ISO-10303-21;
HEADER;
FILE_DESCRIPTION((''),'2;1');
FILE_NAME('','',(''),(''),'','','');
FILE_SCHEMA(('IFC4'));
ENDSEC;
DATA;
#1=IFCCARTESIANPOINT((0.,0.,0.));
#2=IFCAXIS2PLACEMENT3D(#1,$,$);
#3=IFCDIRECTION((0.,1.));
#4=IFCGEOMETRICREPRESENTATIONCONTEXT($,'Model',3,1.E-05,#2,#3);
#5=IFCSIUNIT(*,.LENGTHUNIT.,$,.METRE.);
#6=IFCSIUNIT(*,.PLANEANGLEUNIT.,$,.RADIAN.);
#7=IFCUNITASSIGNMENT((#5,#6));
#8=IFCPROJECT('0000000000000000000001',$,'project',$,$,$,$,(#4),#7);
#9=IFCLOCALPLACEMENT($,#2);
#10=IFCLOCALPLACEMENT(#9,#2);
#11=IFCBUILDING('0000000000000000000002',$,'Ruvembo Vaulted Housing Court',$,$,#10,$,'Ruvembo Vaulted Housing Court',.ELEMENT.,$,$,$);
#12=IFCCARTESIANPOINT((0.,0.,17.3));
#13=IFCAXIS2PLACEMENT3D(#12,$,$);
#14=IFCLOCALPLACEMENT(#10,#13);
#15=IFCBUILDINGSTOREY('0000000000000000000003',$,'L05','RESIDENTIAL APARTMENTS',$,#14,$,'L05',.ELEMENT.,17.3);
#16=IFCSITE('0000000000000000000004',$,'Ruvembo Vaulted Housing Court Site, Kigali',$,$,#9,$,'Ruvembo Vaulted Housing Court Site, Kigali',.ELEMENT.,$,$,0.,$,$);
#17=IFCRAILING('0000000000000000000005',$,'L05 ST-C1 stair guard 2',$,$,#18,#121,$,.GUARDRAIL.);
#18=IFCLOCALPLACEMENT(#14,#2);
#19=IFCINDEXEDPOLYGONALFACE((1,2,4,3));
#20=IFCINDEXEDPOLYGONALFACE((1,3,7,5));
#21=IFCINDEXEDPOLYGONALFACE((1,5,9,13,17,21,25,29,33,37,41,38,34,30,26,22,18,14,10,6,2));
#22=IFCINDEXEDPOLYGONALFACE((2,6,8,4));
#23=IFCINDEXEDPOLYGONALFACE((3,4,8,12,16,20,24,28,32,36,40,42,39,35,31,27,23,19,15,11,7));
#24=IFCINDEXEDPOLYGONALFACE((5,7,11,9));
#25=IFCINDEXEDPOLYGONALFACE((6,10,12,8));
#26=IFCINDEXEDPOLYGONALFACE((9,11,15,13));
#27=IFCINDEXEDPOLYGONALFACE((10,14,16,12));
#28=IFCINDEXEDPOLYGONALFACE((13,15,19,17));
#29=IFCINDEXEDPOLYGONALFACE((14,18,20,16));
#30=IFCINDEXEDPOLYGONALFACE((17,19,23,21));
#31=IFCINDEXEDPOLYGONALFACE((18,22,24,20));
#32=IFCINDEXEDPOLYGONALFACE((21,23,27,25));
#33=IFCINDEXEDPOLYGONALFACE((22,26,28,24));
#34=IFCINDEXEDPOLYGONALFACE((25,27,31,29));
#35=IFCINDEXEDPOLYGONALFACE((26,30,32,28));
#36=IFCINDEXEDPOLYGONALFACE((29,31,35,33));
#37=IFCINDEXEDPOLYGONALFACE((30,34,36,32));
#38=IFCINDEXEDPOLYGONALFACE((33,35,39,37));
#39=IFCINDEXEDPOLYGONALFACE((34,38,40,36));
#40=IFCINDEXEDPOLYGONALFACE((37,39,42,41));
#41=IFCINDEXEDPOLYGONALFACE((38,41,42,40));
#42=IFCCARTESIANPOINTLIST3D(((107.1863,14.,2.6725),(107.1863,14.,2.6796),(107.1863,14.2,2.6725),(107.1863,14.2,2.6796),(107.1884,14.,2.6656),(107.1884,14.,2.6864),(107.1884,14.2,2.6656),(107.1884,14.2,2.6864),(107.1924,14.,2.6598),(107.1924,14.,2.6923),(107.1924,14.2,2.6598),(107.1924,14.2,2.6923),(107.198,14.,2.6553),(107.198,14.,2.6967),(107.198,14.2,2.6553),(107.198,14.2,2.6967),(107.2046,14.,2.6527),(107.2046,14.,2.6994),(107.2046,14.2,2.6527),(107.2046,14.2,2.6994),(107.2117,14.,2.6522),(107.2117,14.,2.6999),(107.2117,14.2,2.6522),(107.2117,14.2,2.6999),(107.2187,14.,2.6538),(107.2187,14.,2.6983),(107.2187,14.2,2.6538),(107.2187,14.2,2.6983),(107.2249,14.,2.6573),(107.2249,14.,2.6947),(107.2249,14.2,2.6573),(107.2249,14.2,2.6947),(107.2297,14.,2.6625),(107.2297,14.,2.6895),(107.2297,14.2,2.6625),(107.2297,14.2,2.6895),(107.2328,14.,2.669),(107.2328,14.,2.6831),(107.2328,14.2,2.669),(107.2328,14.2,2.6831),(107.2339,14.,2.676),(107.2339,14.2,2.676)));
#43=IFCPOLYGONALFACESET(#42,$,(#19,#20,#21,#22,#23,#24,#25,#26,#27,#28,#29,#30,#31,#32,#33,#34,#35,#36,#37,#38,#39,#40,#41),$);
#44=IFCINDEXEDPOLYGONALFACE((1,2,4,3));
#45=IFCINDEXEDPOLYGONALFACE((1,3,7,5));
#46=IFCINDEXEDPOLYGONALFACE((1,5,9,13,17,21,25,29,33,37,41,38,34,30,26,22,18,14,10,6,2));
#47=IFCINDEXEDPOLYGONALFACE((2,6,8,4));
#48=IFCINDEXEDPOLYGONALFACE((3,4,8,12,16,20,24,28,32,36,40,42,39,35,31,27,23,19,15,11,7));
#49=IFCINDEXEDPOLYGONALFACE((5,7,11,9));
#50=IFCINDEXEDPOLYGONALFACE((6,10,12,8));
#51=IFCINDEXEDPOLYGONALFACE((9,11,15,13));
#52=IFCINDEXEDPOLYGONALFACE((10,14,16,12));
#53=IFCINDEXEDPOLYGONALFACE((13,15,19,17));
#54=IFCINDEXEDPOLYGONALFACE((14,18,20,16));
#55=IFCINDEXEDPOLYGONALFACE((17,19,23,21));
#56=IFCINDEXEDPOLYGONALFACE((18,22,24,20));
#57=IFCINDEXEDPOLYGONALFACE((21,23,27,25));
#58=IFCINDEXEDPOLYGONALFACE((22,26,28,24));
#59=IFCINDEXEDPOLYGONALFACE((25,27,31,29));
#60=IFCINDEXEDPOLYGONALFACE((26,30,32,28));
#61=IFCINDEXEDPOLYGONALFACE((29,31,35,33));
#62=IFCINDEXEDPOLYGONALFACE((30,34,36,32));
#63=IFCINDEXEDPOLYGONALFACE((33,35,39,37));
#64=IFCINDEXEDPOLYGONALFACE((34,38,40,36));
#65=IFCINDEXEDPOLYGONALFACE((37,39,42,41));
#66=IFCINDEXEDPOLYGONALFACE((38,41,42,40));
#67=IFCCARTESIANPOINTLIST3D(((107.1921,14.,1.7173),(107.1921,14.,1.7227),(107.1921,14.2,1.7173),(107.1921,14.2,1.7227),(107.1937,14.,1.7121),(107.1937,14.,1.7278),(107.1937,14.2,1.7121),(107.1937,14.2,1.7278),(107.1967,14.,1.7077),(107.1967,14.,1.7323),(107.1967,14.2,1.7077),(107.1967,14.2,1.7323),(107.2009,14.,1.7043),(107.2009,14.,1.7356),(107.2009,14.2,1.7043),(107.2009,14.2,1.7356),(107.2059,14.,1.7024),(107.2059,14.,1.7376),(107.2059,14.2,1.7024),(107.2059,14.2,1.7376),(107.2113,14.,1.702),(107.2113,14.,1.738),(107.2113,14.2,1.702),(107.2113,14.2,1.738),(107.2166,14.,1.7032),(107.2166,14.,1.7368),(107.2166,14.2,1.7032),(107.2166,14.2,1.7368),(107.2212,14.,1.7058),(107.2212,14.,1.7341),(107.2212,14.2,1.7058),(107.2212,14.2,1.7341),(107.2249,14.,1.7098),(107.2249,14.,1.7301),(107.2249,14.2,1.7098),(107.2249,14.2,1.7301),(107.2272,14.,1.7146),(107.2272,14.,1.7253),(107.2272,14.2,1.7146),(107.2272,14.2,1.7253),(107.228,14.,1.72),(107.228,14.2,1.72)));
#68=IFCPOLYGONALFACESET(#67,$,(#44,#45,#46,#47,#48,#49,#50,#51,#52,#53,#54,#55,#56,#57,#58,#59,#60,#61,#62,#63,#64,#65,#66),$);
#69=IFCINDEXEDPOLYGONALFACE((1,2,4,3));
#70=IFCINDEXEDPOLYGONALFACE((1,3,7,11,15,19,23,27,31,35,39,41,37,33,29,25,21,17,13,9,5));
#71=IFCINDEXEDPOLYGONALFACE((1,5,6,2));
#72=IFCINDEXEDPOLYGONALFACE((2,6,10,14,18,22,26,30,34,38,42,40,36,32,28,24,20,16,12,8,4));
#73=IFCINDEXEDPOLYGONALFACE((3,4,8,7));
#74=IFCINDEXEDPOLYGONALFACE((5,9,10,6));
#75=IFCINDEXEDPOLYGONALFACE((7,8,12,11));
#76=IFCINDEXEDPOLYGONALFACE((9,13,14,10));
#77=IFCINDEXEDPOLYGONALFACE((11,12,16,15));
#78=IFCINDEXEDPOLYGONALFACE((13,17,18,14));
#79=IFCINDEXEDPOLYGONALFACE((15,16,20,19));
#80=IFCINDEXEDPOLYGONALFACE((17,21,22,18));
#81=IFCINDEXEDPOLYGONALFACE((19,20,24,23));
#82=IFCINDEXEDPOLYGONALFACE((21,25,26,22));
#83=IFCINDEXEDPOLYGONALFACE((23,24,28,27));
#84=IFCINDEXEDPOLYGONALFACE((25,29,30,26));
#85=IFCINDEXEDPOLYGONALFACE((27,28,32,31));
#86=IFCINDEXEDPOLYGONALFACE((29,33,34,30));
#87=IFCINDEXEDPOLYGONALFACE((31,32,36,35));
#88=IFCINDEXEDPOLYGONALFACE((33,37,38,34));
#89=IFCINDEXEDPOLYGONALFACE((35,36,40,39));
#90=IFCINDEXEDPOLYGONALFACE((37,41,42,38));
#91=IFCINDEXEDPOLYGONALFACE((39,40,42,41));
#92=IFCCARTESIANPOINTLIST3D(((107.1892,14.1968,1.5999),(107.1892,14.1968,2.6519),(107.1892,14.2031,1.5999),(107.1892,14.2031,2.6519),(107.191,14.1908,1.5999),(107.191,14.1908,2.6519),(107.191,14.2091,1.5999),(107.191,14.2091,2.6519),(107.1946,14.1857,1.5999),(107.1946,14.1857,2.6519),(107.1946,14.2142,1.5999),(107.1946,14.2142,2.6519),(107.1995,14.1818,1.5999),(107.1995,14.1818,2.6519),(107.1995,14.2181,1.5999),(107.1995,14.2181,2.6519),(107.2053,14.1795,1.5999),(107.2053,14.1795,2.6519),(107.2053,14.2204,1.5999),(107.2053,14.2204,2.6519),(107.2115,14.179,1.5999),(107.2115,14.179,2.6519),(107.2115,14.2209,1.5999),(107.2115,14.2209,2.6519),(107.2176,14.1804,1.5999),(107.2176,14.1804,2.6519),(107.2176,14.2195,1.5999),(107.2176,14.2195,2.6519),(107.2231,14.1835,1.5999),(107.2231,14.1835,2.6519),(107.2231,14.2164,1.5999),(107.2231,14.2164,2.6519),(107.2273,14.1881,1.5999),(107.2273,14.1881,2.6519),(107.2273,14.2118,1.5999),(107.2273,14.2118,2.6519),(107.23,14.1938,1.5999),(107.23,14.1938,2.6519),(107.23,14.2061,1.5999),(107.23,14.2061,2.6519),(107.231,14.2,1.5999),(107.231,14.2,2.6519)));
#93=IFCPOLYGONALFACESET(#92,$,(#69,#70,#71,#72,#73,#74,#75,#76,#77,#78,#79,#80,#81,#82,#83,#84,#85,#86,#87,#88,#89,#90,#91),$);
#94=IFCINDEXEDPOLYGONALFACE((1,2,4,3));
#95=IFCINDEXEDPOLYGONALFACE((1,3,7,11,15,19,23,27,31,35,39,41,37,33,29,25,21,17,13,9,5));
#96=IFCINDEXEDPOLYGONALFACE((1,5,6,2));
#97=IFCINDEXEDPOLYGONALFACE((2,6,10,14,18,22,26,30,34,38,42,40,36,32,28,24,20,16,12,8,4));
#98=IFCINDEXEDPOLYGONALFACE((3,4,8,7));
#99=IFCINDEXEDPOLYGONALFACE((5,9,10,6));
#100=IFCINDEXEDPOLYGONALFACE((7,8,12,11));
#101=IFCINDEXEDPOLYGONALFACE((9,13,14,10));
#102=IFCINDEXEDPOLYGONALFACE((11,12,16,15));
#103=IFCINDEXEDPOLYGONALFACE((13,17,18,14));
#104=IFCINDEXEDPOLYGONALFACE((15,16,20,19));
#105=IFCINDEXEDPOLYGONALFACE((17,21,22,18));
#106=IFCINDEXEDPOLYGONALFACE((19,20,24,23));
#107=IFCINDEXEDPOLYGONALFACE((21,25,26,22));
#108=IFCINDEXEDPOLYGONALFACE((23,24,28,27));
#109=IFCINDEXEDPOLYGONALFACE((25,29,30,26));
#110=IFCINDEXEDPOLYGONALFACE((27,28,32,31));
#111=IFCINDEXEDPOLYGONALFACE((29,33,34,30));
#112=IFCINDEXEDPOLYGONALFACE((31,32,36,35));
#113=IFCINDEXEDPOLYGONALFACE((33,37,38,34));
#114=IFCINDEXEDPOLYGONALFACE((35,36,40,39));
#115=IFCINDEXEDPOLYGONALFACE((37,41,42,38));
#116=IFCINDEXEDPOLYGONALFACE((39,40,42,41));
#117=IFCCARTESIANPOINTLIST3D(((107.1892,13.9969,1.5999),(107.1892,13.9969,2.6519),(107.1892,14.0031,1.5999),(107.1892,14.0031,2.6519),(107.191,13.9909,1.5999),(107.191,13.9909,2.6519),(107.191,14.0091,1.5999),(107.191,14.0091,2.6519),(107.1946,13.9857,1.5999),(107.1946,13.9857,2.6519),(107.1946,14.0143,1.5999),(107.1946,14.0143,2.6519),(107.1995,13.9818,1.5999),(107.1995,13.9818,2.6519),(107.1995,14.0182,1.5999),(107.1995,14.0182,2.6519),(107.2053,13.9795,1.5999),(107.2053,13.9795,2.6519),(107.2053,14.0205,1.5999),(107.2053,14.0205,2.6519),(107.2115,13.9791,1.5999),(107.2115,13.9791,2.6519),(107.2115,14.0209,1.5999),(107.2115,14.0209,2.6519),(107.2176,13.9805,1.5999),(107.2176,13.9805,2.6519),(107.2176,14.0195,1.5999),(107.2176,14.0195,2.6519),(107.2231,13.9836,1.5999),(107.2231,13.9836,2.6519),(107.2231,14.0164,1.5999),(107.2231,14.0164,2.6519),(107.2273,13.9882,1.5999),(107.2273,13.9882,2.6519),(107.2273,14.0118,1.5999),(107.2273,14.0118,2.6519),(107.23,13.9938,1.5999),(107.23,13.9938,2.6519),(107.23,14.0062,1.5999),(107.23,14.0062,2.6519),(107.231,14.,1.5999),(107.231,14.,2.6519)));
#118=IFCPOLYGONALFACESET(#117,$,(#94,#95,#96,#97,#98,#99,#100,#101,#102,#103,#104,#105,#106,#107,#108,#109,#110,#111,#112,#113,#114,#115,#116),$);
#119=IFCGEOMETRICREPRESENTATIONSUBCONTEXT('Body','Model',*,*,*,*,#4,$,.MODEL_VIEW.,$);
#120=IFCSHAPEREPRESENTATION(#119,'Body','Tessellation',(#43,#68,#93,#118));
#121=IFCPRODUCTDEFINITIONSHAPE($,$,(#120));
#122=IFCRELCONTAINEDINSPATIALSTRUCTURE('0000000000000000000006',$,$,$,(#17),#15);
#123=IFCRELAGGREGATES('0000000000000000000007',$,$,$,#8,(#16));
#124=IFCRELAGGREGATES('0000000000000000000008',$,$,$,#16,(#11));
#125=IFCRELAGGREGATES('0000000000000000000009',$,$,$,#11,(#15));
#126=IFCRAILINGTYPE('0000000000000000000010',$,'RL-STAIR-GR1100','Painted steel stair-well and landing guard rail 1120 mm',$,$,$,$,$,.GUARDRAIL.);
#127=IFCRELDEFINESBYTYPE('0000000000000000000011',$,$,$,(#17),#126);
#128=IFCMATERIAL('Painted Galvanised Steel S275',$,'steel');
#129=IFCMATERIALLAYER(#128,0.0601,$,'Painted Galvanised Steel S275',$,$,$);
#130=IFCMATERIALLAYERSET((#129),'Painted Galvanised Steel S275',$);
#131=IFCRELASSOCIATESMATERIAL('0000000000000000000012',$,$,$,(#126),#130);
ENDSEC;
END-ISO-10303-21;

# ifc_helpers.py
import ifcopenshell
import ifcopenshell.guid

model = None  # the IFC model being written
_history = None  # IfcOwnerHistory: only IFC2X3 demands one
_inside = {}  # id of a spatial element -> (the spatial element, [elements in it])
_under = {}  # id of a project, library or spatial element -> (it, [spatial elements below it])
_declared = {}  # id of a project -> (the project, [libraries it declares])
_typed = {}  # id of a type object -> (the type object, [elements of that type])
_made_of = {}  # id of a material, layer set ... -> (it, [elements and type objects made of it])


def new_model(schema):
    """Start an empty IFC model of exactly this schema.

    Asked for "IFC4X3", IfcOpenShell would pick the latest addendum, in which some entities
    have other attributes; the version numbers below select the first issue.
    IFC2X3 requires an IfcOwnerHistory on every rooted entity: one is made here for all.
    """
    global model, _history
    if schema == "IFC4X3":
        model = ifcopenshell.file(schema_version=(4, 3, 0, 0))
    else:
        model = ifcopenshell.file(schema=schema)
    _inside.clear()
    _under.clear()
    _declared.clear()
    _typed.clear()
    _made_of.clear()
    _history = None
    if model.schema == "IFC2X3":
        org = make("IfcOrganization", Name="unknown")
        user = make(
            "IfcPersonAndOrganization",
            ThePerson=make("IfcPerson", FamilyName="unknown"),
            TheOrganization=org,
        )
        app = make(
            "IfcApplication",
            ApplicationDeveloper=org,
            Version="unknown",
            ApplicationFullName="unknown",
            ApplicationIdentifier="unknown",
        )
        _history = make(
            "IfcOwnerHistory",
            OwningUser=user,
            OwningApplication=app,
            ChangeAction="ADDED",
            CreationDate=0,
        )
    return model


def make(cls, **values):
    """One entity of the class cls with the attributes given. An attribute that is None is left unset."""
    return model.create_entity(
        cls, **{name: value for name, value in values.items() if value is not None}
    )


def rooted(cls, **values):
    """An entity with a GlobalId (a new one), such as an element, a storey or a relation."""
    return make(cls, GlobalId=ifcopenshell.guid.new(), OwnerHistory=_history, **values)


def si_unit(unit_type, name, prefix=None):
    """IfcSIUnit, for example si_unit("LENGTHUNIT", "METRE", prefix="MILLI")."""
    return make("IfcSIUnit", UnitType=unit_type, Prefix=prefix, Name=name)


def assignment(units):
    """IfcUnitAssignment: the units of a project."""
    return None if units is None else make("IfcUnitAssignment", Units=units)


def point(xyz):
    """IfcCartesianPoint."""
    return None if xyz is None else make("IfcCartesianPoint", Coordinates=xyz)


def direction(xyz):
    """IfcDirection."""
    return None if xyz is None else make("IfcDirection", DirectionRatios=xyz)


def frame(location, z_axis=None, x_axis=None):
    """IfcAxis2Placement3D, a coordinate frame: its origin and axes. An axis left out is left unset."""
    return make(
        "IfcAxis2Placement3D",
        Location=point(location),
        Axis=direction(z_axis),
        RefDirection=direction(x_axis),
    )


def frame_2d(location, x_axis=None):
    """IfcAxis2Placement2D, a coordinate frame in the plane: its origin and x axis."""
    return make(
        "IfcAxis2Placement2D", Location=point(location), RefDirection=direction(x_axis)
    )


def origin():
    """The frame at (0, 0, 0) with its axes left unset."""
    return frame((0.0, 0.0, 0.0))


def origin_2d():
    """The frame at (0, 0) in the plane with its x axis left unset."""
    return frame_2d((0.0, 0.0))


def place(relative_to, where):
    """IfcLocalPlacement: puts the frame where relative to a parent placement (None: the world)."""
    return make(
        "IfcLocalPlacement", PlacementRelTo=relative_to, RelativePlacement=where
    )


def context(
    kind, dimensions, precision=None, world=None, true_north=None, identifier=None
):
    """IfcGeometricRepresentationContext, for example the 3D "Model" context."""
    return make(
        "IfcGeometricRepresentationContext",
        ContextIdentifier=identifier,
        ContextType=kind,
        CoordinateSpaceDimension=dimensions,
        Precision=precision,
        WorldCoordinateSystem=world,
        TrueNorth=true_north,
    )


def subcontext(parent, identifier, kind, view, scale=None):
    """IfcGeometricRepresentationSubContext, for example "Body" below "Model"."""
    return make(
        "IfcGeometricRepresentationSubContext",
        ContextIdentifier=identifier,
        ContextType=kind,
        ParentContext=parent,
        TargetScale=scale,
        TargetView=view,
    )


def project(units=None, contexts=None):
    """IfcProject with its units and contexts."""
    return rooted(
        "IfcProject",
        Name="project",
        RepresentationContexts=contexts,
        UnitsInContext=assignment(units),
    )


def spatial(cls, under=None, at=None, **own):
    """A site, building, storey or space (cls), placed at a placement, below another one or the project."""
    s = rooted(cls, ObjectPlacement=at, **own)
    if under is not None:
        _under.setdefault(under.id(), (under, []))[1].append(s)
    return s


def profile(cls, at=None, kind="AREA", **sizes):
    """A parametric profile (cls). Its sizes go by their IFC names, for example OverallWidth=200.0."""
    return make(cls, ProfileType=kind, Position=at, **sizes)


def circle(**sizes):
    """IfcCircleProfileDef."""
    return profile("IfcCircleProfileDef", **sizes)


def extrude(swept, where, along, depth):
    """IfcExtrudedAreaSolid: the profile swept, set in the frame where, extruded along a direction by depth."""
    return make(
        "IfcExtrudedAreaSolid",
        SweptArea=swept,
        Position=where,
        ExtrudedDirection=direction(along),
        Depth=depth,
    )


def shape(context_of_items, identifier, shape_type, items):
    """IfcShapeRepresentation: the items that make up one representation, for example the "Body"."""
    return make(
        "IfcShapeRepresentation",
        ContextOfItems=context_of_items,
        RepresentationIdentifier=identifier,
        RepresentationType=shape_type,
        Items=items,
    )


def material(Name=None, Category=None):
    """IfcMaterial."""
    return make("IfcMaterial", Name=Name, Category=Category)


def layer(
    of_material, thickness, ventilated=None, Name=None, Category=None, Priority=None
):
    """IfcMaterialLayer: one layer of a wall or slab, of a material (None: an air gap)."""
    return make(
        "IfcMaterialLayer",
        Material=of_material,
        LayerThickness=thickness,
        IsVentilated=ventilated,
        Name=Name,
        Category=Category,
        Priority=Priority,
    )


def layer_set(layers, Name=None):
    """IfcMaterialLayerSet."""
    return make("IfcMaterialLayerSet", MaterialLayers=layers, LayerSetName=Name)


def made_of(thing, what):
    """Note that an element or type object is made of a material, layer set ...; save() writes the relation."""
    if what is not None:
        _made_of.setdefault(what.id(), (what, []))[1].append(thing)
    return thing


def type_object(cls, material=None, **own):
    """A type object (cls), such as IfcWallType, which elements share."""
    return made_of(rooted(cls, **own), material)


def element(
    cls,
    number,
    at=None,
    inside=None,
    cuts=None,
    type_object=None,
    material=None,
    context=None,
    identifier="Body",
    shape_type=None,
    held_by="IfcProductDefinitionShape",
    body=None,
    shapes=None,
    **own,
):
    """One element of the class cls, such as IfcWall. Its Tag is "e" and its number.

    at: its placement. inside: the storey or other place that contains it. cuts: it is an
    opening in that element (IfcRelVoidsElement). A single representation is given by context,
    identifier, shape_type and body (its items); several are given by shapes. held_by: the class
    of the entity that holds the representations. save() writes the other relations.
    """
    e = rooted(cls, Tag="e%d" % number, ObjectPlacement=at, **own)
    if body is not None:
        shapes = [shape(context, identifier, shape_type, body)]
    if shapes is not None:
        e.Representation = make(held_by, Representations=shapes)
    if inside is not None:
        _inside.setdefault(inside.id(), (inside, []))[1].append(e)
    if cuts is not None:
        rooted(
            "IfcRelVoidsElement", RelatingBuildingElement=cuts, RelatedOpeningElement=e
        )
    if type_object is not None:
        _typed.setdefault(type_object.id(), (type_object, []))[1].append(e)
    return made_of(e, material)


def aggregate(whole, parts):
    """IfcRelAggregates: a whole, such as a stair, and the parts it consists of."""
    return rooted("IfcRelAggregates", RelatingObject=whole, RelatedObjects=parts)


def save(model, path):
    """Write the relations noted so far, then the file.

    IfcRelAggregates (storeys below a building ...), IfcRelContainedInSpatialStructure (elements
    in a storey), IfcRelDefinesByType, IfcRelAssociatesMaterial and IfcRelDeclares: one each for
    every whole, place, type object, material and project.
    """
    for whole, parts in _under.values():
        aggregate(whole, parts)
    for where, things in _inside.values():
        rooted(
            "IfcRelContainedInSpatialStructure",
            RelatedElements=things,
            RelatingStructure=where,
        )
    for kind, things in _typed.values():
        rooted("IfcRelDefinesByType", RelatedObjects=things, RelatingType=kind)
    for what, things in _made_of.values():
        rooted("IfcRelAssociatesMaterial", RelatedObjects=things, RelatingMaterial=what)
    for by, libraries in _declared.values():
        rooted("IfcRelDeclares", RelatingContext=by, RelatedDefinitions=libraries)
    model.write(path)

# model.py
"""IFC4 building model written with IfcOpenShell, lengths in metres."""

from ifc_helpers import new_model, si_unit, direction, frame, origin, origin_2d, place, context, subcontext, project, spatial, circle, extrude, material, layer, layer_set, type_object, element, save


model = new_model("IFC4")

# Units and contexts
model_context = context("Model", 3, precision=1e-05, world=origin(), true_north=direction((0.0, 1.0)))
body_context = subcontext(model_context, "Body", "Model", "MODEL_VIEW")
ifc_project = project(units=[si_unit("LENGTHUNIT", "METRE"), si_unit("PLANEANGLEUNIT", "RADIAN")], contexts=[model_context])

# Site, building, storey
site_placement = place(None, origin())
site = spatial("IfcSite", under=ifc_project, at=site_placement, Name="Ruvembo Vaulted Housing Court Site, Kigali", LongName="Ruvembo Vaulted Housing Court Site, Kigali", CompositionType="ELEMENT", RefElevation=0.0)
building_placement = place(site_placement, origin())
building = spatial("IfcBuilding", under=site, at=building_placement, Name="Ruvembo Vaulted Housing Court", LongName="Ruvembo Vaulted Housing Court", CompositionType="ELEMENT")
storey_placement = place(building_placement, frame((0.0, 0.0, 17.3)))
storey = spatial("IfcBuildingStorey", under=building, at=storey_placement, Name="L05", Description="RESIDENTIAL APARTMENTS", LongName="L05", CompositionType="ELEMENT", Elevation=17.3)

# Railing
ifc_material_1 = material(Name="Painted Galvanised Steel S275", Category="steel")
ifc_layer_1 = layer(ifc_material_1, 0.0601, Name="Painted Galvanised Steel S275")
ifc_layer_set_1 = layer_set([ifc_layer_1], Name="Painted Galvanised Steel S275")
railing_type_1 = type_object("IfcRailingType", Name="RL-STAIR-GR1100", Description="Painted steel stair-well and landing guard rail 1120 mm", PredefinedType="GUARDRAIL", material=ifc_layer_set_1)
railing_1_placement = place(storey_placement, frame((107.21, 14.2, 1.5999)))
element("IfcRailing", 1, at=railing_1_placement, inside=storey, type_object=railing_type_1, Name="L05 ST-C1 stair guard 2", PredefinedType="GUARDRAIL", context=body_context, shape_type="SweptSolid", body=[
    extrude(circle(Radius=0.0239, at=origin_2d()), frame((0.0, 0.0, 1.0762), z_axis=(0.0, -1.0, 0.0), x_axis=(1.0, 0.0, 0.0)), (0.0, 0.0, 1.0), 0.2),
    extrude(circle(Radius=0.0181, at=origin_2d()), frame((0.0, 0.0, 0.1201), z_axis=(0.0, -1.0, 0.0), x_axis=(1.0, 0.0, 0.0)), (0.0, 0.0, 1.0), 0.2),
    extrude(circle(Radius=0.021, at=origin_2d()), origin(), (0.0, 0.0, 1.0), 1.052),
    extrude(circle(Radius=0.021, at=origin_2d()), frame((0.0, -0.2, 0.0)), (0.0, 0.0, 1.0), 1.052),
])

save(model, "model.ifc")
